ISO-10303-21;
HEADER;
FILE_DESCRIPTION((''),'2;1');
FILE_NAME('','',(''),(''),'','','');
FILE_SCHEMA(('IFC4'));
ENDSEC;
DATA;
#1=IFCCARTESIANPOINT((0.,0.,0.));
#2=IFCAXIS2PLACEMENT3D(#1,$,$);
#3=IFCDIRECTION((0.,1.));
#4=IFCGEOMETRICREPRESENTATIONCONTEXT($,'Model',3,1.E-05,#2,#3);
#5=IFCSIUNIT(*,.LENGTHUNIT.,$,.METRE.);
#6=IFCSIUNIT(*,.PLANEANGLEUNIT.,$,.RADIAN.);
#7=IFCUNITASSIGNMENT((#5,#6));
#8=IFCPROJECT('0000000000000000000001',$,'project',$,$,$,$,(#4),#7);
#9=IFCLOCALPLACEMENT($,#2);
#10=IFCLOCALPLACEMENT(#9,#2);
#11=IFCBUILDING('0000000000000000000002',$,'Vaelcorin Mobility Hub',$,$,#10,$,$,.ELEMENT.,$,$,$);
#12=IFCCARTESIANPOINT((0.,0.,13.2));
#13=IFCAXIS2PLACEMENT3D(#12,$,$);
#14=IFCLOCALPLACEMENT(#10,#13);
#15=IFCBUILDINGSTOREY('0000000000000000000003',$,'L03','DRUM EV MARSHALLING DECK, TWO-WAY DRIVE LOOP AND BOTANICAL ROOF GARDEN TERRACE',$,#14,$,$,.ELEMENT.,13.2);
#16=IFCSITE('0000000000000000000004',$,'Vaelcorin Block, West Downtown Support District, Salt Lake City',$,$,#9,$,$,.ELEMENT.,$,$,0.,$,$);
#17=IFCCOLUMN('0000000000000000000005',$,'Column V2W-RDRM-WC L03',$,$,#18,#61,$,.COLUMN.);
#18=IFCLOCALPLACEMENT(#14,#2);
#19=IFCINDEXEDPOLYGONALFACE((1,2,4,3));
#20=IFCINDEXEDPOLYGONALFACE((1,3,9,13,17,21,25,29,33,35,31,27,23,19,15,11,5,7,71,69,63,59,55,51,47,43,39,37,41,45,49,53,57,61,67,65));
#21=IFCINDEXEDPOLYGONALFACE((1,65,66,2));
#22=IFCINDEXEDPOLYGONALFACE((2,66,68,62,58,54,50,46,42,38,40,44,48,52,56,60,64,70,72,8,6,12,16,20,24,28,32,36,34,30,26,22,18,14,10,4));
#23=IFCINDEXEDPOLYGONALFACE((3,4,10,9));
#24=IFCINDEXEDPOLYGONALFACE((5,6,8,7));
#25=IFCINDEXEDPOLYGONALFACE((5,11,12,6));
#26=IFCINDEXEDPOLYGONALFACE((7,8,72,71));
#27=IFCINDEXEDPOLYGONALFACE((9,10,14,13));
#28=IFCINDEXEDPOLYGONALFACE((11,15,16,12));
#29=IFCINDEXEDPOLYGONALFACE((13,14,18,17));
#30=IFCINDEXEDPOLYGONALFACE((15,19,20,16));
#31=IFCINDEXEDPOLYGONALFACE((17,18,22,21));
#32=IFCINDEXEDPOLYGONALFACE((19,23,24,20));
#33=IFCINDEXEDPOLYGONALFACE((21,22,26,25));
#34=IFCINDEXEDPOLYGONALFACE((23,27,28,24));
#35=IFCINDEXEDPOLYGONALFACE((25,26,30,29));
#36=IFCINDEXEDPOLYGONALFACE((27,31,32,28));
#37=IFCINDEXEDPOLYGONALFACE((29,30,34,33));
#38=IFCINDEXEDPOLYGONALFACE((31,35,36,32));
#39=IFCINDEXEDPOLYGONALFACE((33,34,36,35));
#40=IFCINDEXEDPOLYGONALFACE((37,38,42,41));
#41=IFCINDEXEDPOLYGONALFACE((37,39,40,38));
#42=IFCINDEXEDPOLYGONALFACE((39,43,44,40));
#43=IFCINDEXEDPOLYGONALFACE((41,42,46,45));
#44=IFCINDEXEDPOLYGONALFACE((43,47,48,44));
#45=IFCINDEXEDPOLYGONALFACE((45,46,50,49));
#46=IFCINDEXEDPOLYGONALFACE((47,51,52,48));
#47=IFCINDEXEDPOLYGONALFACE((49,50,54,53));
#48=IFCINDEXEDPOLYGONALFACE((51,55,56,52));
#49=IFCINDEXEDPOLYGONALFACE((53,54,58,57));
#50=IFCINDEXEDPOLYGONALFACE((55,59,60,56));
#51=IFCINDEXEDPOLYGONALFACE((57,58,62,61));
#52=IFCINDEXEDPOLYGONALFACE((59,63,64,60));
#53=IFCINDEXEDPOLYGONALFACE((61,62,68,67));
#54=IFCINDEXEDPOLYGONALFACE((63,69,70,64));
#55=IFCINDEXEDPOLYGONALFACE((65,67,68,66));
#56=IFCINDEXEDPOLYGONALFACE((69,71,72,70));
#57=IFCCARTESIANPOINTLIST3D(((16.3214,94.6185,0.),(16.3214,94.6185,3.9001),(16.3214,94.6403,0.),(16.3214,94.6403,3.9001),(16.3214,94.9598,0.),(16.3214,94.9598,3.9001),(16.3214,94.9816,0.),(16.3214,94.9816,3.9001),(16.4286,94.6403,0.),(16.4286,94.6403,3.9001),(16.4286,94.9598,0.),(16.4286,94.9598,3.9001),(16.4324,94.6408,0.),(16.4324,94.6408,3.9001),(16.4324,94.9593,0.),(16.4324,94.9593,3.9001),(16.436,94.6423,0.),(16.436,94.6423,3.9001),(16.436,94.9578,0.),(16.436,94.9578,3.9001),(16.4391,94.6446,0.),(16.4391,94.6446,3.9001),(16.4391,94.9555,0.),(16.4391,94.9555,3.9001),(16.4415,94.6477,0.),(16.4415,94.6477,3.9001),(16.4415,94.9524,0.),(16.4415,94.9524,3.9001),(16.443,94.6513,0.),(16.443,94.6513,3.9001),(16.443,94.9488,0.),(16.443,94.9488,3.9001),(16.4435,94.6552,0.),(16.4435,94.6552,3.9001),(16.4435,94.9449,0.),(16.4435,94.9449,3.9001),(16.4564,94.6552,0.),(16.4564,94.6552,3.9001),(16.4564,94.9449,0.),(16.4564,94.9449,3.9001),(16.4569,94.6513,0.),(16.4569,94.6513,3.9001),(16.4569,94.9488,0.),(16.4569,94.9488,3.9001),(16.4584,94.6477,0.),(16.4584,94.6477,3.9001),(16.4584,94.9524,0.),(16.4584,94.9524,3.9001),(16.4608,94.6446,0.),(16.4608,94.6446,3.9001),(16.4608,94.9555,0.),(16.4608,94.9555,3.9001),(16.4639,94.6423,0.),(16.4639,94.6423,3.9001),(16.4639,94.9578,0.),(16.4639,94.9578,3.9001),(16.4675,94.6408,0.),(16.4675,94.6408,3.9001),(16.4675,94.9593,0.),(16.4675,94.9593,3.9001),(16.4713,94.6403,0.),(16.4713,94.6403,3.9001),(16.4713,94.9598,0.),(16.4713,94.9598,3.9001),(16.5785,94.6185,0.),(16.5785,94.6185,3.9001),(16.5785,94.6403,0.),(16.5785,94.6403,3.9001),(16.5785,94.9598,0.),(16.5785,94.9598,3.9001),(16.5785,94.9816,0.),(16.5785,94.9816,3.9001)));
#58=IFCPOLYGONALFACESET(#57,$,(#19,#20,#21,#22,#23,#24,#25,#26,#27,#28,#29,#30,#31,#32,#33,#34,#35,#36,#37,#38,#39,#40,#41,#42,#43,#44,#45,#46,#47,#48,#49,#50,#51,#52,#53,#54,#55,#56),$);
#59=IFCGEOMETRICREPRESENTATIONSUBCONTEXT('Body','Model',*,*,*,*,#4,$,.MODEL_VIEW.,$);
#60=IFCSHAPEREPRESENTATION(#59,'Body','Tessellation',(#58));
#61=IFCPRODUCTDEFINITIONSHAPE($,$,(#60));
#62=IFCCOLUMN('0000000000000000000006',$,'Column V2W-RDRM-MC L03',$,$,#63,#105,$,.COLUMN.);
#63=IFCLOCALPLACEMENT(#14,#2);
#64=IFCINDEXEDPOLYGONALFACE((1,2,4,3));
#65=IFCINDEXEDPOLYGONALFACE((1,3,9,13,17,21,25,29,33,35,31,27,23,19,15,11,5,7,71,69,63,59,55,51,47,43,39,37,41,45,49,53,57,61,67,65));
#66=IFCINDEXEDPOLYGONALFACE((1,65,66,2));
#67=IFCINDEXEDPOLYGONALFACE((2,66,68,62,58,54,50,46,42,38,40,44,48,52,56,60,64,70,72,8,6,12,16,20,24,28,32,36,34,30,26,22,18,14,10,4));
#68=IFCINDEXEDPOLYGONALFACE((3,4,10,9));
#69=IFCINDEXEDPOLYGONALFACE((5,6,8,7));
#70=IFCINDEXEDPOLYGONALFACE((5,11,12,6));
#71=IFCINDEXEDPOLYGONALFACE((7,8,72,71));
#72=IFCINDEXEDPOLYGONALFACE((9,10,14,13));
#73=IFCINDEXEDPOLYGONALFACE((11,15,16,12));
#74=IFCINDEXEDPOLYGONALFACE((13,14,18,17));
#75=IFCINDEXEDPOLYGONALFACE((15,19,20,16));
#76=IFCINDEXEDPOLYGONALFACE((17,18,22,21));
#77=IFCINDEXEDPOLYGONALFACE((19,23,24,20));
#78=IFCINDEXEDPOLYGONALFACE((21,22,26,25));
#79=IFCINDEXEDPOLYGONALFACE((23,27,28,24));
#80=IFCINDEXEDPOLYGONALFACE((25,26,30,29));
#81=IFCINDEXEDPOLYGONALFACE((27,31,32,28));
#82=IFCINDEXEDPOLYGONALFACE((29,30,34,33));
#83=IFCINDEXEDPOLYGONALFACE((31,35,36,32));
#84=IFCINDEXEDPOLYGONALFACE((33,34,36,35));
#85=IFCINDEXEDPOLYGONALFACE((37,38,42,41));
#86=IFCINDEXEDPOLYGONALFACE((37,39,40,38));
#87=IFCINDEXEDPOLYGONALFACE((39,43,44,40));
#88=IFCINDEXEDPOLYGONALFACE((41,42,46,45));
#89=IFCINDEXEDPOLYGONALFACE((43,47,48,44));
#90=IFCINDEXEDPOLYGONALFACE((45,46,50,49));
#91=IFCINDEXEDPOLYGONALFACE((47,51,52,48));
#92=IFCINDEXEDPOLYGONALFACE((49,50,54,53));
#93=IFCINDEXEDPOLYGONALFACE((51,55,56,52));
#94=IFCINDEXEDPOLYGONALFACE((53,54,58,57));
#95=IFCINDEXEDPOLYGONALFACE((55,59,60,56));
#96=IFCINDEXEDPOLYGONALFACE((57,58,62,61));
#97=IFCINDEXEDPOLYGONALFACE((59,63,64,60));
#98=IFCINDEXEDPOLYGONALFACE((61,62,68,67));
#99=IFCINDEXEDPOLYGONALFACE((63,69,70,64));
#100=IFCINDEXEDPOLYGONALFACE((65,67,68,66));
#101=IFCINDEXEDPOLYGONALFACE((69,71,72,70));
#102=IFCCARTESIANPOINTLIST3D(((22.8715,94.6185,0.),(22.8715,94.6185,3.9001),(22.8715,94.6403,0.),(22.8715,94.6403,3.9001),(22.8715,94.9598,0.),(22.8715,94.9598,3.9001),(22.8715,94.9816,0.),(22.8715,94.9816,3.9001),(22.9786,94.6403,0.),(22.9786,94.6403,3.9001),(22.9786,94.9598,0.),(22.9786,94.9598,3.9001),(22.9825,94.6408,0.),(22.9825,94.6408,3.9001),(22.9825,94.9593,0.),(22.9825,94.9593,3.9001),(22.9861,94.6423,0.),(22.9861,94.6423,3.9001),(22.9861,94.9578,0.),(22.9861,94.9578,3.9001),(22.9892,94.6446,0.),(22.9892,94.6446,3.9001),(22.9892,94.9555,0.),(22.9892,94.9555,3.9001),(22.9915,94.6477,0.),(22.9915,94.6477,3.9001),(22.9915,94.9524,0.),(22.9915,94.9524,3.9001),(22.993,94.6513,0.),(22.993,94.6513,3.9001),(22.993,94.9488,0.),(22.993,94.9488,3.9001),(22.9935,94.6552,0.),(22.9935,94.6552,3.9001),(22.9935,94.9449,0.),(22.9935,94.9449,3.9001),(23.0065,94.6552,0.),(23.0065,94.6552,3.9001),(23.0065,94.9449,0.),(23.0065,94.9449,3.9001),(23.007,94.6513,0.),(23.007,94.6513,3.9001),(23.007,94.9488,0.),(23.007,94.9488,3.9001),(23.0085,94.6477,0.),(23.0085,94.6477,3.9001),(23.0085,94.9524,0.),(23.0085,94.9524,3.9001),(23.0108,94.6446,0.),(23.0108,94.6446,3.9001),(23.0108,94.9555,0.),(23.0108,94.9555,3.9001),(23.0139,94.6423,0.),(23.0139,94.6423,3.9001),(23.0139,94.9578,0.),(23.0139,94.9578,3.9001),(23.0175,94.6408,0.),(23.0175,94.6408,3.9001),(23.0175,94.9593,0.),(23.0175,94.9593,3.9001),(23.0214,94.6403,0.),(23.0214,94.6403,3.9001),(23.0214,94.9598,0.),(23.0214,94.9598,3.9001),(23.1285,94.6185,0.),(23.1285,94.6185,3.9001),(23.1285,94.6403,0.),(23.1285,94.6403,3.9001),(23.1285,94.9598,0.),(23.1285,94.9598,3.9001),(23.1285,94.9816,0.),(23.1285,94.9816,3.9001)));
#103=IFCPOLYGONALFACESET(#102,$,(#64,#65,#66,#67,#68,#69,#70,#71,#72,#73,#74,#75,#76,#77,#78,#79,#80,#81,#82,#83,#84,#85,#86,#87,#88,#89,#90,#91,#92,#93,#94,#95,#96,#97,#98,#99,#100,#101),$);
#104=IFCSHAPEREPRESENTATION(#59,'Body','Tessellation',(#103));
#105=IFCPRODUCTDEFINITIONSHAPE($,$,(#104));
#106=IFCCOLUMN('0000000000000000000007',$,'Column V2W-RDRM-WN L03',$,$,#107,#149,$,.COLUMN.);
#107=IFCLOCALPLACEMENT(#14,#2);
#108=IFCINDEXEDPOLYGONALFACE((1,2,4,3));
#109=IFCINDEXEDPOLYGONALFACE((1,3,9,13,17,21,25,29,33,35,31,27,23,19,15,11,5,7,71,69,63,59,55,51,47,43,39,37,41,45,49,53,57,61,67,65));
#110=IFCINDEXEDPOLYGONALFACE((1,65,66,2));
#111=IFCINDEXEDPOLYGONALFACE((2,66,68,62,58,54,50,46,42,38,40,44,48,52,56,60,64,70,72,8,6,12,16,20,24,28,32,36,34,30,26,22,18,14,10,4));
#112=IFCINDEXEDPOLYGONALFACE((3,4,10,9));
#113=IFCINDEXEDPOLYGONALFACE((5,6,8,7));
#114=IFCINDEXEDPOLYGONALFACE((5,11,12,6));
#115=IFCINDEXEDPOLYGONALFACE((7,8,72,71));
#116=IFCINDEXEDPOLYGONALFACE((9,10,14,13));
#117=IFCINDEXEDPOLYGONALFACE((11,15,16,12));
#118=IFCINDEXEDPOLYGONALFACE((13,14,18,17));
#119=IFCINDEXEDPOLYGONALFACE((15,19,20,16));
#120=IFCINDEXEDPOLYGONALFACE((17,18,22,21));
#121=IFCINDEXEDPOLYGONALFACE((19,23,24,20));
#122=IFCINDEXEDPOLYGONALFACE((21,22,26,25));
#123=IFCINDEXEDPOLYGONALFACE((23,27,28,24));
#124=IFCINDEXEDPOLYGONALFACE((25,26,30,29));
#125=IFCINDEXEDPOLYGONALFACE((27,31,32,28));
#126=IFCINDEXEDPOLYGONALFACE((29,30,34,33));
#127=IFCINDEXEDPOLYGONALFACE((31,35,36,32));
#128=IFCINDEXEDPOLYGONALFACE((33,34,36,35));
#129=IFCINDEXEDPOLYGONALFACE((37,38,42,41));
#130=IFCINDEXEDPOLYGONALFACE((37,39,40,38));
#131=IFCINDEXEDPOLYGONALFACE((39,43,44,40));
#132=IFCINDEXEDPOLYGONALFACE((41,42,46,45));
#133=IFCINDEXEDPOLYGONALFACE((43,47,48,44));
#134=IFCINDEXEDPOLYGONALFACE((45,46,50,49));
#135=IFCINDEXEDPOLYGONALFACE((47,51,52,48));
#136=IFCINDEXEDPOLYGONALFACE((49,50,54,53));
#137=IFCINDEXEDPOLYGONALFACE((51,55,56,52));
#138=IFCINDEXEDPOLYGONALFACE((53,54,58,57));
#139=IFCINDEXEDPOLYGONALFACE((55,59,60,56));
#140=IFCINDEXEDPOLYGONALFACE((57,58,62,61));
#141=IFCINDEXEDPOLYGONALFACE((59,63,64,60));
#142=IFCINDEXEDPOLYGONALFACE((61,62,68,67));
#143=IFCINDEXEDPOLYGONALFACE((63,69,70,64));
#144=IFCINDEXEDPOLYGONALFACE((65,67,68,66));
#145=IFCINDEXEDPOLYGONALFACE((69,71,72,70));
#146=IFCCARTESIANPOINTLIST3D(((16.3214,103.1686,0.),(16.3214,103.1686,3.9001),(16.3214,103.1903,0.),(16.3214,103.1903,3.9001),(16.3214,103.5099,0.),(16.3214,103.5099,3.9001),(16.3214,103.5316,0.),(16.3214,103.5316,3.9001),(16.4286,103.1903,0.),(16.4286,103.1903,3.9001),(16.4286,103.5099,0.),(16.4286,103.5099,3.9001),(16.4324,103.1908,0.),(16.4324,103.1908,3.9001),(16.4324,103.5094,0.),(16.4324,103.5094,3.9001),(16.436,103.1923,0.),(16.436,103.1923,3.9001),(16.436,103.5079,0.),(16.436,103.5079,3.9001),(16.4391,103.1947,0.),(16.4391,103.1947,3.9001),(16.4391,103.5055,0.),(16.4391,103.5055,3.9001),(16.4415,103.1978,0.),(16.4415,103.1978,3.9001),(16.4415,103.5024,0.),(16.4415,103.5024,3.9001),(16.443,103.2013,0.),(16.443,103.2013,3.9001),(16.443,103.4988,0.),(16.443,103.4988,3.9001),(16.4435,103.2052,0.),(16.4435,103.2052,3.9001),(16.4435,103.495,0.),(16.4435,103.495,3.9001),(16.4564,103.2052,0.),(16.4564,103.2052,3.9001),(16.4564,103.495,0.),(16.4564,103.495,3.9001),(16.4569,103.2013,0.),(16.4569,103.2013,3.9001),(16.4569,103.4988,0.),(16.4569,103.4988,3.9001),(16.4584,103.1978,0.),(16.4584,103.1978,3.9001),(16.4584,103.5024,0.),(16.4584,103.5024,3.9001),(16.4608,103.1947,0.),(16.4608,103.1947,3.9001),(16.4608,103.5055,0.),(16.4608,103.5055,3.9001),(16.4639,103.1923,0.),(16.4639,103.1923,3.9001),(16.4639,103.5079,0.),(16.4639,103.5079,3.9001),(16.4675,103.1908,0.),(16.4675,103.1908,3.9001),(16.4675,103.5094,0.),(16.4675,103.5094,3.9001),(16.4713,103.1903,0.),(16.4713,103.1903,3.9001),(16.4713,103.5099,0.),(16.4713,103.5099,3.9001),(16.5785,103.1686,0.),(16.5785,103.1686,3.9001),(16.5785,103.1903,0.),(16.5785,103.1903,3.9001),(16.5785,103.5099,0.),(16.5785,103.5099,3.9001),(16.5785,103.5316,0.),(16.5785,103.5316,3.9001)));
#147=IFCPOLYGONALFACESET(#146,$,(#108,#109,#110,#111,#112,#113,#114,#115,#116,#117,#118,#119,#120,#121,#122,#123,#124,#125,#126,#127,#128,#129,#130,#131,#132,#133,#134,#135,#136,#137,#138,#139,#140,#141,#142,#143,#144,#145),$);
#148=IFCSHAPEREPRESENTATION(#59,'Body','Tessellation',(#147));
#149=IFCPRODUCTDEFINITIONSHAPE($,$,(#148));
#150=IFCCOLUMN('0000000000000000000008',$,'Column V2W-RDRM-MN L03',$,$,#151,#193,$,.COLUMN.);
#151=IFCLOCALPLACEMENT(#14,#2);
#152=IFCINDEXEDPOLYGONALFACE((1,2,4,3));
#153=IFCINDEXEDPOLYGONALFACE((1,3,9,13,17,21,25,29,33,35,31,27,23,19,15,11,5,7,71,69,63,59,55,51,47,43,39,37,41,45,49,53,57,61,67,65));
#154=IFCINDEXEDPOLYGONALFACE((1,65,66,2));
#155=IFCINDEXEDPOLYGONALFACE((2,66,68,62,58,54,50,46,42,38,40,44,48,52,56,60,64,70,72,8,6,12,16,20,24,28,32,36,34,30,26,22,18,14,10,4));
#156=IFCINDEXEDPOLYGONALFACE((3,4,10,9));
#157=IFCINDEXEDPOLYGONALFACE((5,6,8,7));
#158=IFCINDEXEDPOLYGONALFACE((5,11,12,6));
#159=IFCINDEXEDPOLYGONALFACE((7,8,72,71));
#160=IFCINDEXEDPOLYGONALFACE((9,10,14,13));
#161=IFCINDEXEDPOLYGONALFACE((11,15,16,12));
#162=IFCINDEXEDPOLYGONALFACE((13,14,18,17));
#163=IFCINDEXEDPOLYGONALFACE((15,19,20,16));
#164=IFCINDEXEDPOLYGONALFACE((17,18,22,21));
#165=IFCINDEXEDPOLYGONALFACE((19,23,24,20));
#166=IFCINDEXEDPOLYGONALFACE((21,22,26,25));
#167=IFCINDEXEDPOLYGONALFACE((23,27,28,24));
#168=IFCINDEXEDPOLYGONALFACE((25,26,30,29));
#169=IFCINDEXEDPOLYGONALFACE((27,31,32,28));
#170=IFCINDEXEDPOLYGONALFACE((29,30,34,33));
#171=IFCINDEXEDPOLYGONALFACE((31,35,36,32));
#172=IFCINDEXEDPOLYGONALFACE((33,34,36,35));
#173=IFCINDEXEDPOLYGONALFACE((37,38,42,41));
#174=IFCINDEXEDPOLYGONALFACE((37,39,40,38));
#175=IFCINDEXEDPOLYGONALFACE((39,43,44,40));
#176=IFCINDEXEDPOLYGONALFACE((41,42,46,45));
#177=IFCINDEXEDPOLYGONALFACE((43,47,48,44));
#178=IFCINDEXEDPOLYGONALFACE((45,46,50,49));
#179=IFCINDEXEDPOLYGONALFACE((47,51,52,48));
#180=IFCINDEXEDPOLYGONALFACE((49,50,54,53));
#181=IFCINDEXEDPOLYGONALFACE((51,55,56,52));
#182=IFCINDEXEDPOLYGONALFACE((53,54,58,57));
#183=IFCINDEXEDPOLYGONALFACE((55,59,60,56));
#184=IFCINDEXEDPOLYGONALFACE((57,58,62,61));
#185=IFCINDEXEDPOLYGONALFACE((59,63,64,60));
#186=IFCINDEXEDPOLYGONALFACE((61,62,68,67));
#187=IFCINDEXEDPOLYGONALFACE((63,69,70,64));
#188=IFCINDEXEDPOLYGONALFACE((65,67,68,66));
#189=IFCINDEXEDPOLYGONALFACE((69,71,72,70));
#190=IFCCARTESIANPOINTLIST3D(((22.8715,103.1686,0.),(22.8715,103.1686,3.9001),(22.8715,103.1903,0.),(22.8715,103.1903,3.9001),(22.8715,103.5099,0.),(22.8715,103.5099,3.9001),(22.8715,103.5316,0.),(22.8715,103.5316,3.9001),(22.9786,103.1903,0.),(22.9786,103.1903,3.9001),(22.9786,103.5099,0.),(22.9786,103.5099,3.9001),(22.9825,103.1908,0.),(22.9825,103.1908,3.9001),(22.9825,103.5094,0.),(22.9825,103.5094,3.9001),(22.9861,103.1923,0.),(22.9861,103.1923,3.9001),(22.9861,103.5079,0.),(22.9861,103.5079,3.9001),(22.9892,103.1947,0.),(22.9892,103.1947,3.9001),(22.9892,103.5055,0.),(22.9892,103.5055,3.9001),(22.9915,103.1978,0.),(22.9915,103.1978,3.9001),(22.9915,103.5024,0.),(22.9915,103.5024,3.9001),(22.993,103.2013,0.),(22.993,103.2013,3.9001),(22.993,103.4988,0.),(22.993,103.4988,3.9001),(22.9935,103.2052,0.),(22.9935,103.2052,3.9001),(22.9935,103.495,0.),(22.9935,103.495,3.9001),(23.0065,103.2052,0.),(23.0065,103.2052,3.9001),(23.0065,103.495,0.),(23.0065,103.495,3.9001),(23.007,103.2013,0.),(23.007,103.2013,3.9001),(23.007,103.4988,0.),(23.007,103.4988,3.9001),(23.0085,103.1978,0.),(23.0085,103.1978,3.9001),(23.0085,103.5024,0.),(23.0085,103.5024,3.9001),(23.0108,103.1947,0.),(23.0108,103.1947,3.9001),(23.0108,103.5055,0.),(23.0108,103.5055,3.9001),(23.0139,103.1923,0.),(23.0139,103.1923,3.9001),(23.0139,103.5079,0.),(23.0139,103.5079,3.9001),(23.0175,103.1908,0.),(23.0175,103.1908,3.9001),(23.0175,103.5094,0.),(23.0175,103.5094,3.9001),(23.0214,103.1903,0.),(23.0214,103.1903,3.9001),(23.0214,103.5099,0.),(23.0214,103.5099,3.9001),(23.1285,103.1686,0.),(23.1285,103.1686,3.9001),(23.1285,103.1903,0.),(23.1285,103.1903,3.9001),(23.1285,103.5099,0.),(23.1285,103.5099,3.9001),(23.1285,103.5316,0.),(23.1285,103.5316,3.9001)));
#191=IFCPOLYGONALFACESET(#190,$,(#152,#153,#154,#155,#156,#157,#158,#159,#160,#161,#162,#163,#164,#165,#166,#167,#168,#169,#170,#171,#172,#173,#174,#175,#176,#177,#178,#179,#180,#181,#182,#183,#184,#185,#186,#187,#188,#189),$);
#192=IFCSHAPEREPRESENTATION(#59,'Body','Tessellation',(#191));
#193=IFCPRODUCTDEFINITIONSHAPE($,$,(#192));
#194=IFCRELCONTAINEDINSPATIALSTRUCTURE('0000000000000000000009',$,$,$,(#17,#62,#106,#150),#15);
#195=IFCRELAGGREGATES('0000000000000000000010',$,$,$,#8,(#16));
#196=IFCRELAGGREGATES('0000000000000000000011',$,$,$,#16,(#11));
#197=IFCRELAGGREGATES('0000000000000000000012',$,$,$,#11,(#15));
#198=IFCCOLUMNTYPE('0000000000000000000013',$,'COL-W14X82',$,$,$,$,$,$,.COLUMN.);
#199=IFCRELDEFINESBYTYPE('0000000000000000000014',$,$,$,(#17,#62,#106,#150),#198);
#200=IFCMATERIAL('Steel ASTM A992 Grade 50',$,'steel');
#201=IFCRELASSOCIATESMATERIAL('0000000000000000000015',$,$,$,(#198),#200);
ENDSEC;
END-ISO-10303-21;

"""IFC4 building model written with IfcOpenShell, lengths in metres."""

from ifc_helpers import new_model, si_unit, direction, frame, origin, origin_2d, place, context, subcontext, project, spatial, i_section, extrude, material, material_profile, profile_set, type_object, element, save


model = new_model("IFC4")

# Units and contexts
model_context = context("Model", 3, precision=1e-05, world=origin(), true_north=direction((0.0, 1.0)))
body_context = subcontext(model_context, "Body", "Model", "MODEL_VIEW")
ifc_project = project(units=[si_unit("LENGTHUNIT", "METRE"), si_unit("PLANEANGLEUNIT", "RADIAN")], contexts=[model_context])

# Site, building, storey
site_placement = place(None, origin())
site = spatial("IfcSite", under=ifc_project, at=site_placement, Name="Vaelcorin Block, West Downtown Support District, Salt Lake City", CompositionType="ELEMENT", RefElevation=0.0)
building_placement = place(site_placement, origin())
building = spatial("IfcBuilding", under=site, at=building_placement, Name="Vaelcorin Mobility Hub", CompositionType="ELEMENT")
storey_placement = place(building_placement, frame((0.0, 0.0, 13.2)))
storey = spatial("IfcBuildingStorey", under=building, at=storey_placement, Name="L03", Description="DRUM EV MARSHALLING DECK, TWO-WAY DRIVE LOOP AND BOTANICAL ROOF GARDEN TERRACE", CompositionType="ELEMENT", Elevation=13.2)

# Columns
ifc_material_1 = material(Name="Steel ASTM A992 Grade 50", Category="steel")
ifc_material_profile_1 = material_profile(ifc_material_1, i_section(OverallWidth=0.2571, OverallDepth=0.363, WebThickness=0.0129, FlangeThickness=0.0217, FilletRadius=0.0149, at=origin_2d()), Name="W14X82")
ifc_profile_set_1 = profile_set([ifc_material_profile_1], Name="Steel ASTM A992 Grade 50")
column_type_1 = type_object("IfcColumnType", Name="COL-W14X82", PredefinedType="COLUMN", material=ifc_profile_set_1)
for number, where, z_axis, x_axis, name in (
    (1, (16.45, 94.8, 0.0), (0.0, 0.0, 1.0), (1.0, 0.0, 0.0), "Column V2W-RDRM-WC L03"),
    (2, (23.0, 94.8, 0.0), (0.0, 0.0, 1.0), (1.0, 0.0, 0.0), "Column V2W-RDRM-MC L03"),
    (3, (16.45, 103.3501, 0.0), (0.0, 0.0, 1.0), (1.0, 0.0, 0.0), "Column V2W-RDRM-WN L03"),
    (4, (23.0, 103.3501, 0.0), (0.0, 0.0, 1.0), (1.0, 0.0, 0.0), "Column V2W-RDRM-MN L03"),
):
    element("IfcColumn", number, at=place(storey_placement, frame(where, z_axis=z_axis, x_axis=x_axis)), inside=storey, type_object=column_type_1, Name=name, PredefinedType="COLUMN", context=body_context, shape_type="SweptSolid", body=[
        extrude(i_section(OverallWidth=0.2571, OverallDepth=0.363, WebThickness=0.0129, FlangeThickness=0.0217, FilletRadius=0.0149, at=origin_2d()), origin(), (0.0, 0.0, 1.0), 3.9001),
    ])

save(model, "model.ifc")
